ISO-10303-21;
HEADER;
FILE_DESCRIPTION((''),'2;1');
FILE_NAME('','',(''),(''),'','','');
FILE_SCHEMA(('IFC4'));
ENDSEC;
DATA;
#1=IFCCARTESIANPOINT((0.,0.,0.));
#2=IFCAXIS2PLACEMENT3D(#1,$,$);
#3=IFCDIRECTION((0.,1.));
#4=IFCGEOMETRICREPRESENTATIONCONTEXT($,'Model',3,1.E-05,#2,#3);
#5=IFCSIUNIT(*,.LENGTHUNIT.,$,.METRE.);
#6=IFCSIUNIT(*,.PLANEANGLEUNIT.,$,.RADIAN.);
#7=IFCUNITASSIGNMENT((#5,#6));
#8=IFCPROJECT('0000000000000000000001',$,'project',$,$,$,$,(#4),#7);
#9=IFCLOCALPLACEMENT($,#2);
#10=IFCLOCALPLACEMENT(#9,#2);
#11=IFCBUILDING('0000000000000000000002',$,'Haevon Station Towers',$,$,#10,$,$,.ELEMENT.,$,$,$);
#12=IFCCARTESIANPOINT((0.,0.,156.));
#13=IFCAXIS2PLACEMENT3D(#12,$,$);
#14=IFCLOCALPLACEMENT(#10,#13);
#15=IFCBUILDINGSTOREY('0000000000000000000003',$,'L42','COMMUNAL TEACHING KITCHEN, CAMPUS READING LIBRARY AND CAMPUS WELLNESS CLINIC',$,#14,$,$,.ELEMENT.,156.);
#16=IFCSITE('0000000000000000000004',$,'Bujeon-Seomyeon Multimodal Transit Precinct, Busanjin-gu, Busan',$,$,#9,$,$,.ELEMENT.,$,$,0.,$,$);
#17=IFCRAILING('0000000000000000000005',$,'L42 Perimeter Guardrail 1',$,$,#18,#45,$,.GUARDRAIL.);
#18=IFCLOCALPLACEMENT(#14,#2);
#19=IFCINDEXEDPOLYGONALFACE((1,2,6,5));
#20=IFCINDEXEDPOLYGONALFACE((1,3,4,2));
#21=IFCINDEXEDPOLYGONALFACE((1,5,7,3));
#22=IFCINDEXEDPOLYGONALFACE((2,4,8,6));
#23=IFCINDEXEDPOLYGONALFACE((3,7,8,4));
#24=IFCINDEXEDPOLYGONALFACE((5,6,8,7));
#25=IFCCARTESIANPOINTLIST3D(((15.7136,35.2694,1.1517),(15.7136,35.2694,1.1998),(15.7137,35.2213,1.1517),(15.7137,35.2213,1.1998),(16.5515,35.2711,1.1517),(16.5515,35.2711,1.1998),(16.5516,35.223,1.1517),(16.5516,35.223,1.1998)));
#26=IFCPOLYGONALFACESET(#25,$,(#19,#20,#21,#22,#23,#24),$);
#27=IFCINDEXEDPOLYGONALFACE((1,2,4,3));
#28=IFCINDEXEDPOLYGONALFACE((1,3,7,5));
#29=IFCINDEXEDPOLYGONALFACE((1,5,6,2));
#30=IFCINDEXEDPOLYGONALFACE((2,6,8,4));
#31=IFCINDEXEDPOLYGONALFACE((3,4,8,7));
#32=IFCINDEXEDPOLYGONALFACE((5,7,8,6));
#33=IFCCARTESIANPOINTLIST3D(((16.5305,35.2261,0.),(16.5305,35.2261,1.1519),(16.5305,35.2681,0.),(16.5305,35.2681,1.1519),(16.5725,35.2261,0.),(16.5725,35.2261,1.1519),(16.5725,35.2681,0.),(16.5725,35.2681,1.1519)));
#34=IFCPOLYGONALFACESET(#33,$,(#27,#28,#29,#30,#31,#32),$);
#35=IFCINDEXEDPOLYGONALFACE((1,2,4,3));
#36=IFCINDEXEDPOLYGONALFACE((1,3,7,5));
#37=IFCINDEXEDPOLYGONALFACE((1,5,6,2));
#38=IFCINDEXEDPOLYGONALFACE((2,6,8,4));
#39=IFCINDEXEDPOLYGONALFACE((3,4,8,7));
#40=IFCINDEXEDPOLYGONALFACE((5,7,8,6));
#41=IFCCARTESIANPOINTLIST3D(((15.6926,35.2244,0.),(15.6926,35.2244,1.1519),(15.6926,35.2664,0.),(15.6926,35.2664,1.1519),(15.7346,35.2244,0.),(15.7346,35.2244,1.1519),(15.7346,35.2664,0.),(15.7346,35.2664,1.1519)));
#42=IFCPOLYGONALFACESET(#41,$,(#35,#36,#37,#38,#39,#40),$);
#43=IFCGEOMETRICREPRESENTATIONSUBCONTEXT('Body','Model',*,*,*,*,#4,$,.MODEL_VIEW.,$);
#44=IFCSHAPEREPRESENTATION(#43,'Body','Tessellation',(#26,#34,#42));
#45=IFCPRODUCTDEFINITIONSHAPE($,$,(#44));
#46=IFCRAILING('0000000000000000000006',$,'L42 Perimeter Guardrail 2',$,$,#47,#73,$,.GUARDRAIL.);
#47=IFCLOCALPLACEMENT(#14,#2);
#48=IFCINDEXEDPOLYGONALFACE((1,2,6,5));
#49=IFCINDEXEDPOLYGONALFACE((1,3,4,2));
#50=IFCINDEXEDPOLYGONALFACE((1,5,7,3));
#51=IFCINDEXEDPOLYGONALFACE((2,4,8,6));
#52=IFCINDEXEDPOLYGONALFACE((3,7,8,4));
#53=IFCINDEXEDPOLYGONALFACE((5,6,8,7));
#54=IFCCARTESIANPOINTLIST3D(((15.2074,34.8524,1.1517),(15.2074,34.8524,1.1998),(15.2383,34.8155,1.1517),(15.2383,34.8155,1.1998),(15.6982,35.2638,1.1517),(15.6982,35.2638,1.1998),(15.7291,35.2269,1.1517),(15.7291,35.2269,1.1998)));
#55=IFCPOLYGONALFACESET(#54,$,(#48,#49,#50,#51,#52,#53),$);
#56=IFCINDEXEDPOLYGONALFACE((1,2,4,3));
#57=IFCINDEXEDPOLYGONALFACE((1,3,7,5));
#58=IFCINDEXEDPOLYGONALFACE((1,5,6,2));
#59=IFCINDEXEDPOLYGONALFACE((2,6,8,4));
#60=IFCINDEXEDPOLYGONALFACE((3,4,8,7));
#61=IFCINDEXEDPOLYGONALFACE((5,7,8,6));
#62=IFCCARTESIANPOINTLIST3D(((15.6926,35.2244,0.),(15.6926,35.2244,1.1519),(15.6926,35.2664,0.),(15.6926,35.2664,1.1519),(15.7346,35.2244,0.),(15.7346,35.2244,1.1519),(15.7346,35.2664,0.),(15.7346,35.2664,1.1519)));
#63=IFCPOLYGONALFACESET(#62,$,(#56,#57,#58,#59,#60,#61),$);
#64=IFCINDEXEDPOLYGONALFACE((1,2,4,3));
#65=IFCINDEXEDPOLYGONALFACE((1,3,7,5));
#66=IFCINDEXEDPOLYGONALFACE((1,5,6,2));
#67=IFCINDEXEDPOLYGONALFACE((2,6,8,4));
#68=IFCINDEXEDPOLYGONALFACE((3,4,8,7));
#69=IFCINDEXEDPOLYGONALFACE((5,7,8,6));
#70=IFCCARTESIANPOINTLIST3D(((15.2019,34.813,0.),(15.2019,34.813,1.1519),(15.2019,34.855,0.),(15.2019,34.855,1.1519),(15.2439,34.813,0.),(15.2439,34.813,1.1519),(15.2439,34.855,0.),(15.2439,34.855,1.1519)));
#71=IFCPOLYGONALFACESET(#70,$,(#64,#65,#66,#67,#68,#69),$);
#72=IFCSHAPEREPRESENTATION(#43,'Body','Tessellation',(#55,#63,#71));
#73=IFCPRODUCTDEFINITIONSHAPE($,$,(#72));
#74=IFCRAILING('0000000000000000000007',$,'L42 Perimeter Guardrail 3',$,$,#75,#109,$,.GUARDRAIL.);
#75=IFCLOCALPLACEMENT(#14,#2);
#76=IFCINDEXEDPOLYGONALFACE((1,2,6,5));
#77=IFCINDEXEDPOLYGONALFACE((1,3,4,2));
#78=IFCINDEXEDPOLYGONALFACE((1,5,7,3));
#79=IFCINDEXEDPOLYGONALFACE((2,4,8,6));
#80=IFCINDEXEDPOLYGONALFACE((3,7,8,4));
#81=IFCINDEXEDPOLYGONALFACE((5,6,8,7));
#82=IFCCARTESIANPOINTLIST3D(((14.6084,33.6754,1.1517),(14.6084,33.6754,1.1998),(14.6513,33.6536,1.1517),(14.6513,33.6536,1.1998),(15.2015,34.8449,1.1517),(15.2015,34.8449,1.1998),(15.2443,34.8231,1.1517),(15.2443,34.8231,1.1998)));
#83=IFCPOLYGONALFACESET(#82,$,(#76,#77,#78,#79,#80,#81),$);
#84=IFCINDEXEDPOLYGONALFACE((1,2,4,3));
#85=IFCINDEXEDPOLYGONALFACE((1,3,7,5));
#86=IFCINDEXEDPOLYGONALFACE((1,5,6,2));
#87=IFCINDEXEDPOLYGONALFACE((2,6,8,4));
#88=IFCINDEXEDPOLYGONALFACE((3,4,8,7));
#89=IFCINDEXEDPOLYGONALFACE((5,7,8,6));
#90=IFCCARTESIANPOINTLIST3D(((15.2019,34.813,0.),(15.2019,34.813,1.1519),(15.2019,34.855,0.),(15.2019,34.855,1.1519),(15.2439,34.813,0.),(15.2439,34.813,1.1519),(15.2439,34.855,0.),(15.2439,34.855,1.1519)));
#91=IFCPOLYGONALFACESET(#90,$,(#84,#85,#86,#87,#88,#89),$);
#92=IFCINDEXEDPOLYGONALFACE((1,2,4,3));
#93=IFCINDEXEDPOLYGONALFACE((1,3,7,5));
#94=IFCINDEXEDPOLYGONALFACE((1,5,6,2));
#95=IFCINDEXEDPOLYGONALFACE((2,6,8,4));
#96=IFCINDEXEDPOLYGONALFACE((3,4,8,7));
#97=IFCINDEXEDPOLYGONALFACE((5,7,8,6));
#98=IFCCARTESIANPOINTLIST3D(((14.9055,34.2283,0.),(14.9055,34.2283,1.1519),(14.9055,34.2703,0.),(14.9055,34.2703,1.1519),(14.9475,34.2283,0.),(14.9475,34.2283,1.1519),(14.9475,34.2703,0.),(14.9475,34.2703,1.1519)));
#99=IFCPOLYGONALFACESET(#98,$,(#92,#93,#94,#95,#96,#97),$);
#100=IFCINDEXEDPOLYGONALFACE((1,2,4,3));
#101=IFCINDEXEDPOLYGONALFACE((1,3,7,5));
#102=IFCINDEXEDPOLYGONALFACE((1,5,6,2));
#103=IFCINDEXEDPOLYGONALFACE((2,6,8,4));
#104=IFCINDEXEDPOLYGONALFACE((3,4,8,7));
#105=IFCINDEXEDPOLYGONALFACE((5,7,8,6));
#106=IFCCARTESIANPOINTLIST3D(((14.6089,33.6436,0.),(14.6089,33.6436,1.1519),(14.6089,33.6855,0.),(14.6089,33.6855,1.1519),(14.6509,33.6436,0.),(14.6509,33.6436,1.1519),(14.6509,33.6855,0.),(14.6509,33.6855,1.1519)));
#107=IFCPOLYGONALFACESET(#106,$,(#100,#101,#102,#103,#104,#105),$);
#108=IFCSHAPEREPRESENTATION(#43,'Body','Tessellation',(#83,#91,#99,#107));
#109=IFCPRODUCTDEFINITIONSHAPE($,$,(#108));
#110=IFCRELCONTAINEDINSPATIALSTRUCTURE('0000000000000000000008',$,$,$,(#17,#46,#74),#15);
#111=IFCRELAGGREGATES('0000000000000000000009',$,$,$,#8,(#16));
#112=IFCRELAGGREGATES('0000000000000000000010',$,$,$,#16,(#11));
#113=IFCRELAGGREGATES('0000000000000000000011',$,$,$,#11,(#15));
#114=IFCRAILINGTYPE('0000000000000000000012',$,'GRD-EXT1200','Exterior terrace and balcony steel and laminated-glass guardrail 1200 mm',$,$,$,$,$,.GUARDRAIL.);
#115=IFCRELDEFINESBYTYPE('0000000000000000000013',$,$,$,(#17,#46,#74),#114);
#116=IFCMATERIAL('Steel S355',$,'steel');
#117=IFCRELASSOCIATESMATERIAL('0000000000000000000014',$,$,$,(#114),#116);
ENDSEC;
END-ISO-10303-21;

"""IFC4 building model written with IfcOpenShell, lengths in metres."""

from ifc_helpers import new_model, si_unit, direction, frame, origin, origin_2d, place, context, subcontext, project, spatial, rectangle, extrude, material, type_object, element, save


model = new_model("IFC4")

# Units and contexts
model_context = context("Model", 3, precision=1e-05, world=origin(), true_north=direction((0.0, 1.0)))
body_context = subcontext(model_context, "Body", "Model", "MODEL_VIEW")
ifc_project = project(units=[si_unit("LENGTHUNIT", "METRE"), si_unit("PLANEANGLEUNIT", "RADIAN")], contexts=[model_context])

# Site, building, storey
site_placement = place(None, origin())
site = spatial("IfcSite", under=ifc_project, at=site_placement, Name="Bujeon-Seomyeon Multimodal Transit Precinct, Busanjin-gu, Busan", CompositionType="ELEMENT", RefElevation=0.0)
building_placement = place(site_placement, origin())
building = spatial("IfcBuilding", under=site, at=building_placement, Name="Haevon Station Towers", CompositionType="ELEMENT")
storey_placement = place(building_placement, frame((0.0, 0.0, 156.0)))
storey = spatial("IfcBuildingStorey", under=building, at=storey_placement, Name="L42", Description="COMMUNAL TEACHING KITCHEN, CAMPUS READING LIBRARY AND CAMPUS WELLNESS CLINIC", CompositionType="ELEMENT", Elevation=156.0)

# Shared definitions
ifc_material_1 = material(Name="Steel S355", Category="steel")

# Railings
railing_type = type_object("IfcRailingType", Name="GRD-EXT1200", Description="Exterior terrace and balcony steel and laminated-glass guardrail 1200 mm", PredefinedType="GUARDRAIL", material=ifc_material_1)
railing_1_placement = place(storey_placement, frame((16.5515, 35.2471, 0.0)))
element("IfcRailing", 1, at=railing_1_placement, inside=storey, type_object=railing_type, Name="L42 Perimeter Guardrail 1", PredefinedType="GUARDRAIL", context=body_context, shape_type="SweptSolid", body=[
    extrude(rectangle(XDim=0.0481, YDim=0.0481, at=origin_2d()), frame((0.0, 0.0, 1.1758), z_axis=(-0.999998, -0.00204, 0.0), x_axis=(0.00204, -0.999998, 0.0)), (0.0, 0.0, 1.0), 0.8379),
    extrude(rectangle(XDim=0.042, YDim=0.042, at=origin_2d()), origin(), (0.0, 0.0, 1.0), 1.1519),
    extrude(rectangle(XDim=0.042, YDim=0.042, at=origin_2d()), frame((-0.8379, -0.0017, 0.0)), (0.0, 0.0, 1.0), 1.1519),
])
railing_2_placement = place(storey_placement, frame((15.7136, 35.2454, 0.0)))
element("IfcRailing", 2, at=railing_2_placement, inside=storey, type_object=railing_type, Name="L42 Perimeter Guardrail 2", PredefinedType="GUARDRAIL", context=body_context, shape_type="SweptSolid", body=[
    extrude(rectangle(XDim=0.0481, YDim=0.0481, at=origin_2d()), frame((0.0, 0.0, 1.1758), z_axis=(-0.766343, -0.642432, 0.0), x_axis=(0.642432, -0.766343, 0.0)), (0.0, 0.0, 1.0), 0.6404),
    extrude(rectangle(XDim=0.042, YDim=0.042, at=origin_2d()), origin(), (0.0, 0.0, 1.0), 1.1519),
    extrude(rectangle(XDim=0.042, YDim=0.042, at=origin_2d()), frame((-0.4907, -0.4114, 0.0)), (0.0, 0.0, 1.0), 1.1519),
])
railing_3_placement = place(storey_placement, frame((15.2229, 34.834, 0.0)))
element("IfcRailing", 3, at=railing_3_placement, inside=storey, type_object=railing_type, Name="L42 Perimeter Guardrail 3", PredefinedType="GUARDRAIL", context=body_context, shape_type="SweptSolid", body=[
    extrude(rectangle(XDim=0.0481, YDim=0.0481, at=origin_2d()), frame((0.0, 0.0, 1.1758), z_axis=(-0.452271, -0.891881, 0.0), x_axis=(0.891881, -0.452271, 0.0)), (0.0, 0.0, 1.0), 1.3113),
    extrude(rectangle(XDim=0.042, YDim=0.042, at=origin_2d()), origin(), (0.0, 0.0, 1.0), 1.1519),
    extrude(rectangle(XDim=0.042, YDim=0.042, at=origin_2d()), frame((-0.2964, -0.5847, 0.0)), (0.0, 0.0, 1.0), 1.1519),
    extrude(rectangle(XDim=0.042, YDim=0.042, at=origin_2d()), frame((-0.593, -1.1694, 0.0)), (0.0, 0.0, 1.0), 1.1519),
])

save(model, "model.ifc")
